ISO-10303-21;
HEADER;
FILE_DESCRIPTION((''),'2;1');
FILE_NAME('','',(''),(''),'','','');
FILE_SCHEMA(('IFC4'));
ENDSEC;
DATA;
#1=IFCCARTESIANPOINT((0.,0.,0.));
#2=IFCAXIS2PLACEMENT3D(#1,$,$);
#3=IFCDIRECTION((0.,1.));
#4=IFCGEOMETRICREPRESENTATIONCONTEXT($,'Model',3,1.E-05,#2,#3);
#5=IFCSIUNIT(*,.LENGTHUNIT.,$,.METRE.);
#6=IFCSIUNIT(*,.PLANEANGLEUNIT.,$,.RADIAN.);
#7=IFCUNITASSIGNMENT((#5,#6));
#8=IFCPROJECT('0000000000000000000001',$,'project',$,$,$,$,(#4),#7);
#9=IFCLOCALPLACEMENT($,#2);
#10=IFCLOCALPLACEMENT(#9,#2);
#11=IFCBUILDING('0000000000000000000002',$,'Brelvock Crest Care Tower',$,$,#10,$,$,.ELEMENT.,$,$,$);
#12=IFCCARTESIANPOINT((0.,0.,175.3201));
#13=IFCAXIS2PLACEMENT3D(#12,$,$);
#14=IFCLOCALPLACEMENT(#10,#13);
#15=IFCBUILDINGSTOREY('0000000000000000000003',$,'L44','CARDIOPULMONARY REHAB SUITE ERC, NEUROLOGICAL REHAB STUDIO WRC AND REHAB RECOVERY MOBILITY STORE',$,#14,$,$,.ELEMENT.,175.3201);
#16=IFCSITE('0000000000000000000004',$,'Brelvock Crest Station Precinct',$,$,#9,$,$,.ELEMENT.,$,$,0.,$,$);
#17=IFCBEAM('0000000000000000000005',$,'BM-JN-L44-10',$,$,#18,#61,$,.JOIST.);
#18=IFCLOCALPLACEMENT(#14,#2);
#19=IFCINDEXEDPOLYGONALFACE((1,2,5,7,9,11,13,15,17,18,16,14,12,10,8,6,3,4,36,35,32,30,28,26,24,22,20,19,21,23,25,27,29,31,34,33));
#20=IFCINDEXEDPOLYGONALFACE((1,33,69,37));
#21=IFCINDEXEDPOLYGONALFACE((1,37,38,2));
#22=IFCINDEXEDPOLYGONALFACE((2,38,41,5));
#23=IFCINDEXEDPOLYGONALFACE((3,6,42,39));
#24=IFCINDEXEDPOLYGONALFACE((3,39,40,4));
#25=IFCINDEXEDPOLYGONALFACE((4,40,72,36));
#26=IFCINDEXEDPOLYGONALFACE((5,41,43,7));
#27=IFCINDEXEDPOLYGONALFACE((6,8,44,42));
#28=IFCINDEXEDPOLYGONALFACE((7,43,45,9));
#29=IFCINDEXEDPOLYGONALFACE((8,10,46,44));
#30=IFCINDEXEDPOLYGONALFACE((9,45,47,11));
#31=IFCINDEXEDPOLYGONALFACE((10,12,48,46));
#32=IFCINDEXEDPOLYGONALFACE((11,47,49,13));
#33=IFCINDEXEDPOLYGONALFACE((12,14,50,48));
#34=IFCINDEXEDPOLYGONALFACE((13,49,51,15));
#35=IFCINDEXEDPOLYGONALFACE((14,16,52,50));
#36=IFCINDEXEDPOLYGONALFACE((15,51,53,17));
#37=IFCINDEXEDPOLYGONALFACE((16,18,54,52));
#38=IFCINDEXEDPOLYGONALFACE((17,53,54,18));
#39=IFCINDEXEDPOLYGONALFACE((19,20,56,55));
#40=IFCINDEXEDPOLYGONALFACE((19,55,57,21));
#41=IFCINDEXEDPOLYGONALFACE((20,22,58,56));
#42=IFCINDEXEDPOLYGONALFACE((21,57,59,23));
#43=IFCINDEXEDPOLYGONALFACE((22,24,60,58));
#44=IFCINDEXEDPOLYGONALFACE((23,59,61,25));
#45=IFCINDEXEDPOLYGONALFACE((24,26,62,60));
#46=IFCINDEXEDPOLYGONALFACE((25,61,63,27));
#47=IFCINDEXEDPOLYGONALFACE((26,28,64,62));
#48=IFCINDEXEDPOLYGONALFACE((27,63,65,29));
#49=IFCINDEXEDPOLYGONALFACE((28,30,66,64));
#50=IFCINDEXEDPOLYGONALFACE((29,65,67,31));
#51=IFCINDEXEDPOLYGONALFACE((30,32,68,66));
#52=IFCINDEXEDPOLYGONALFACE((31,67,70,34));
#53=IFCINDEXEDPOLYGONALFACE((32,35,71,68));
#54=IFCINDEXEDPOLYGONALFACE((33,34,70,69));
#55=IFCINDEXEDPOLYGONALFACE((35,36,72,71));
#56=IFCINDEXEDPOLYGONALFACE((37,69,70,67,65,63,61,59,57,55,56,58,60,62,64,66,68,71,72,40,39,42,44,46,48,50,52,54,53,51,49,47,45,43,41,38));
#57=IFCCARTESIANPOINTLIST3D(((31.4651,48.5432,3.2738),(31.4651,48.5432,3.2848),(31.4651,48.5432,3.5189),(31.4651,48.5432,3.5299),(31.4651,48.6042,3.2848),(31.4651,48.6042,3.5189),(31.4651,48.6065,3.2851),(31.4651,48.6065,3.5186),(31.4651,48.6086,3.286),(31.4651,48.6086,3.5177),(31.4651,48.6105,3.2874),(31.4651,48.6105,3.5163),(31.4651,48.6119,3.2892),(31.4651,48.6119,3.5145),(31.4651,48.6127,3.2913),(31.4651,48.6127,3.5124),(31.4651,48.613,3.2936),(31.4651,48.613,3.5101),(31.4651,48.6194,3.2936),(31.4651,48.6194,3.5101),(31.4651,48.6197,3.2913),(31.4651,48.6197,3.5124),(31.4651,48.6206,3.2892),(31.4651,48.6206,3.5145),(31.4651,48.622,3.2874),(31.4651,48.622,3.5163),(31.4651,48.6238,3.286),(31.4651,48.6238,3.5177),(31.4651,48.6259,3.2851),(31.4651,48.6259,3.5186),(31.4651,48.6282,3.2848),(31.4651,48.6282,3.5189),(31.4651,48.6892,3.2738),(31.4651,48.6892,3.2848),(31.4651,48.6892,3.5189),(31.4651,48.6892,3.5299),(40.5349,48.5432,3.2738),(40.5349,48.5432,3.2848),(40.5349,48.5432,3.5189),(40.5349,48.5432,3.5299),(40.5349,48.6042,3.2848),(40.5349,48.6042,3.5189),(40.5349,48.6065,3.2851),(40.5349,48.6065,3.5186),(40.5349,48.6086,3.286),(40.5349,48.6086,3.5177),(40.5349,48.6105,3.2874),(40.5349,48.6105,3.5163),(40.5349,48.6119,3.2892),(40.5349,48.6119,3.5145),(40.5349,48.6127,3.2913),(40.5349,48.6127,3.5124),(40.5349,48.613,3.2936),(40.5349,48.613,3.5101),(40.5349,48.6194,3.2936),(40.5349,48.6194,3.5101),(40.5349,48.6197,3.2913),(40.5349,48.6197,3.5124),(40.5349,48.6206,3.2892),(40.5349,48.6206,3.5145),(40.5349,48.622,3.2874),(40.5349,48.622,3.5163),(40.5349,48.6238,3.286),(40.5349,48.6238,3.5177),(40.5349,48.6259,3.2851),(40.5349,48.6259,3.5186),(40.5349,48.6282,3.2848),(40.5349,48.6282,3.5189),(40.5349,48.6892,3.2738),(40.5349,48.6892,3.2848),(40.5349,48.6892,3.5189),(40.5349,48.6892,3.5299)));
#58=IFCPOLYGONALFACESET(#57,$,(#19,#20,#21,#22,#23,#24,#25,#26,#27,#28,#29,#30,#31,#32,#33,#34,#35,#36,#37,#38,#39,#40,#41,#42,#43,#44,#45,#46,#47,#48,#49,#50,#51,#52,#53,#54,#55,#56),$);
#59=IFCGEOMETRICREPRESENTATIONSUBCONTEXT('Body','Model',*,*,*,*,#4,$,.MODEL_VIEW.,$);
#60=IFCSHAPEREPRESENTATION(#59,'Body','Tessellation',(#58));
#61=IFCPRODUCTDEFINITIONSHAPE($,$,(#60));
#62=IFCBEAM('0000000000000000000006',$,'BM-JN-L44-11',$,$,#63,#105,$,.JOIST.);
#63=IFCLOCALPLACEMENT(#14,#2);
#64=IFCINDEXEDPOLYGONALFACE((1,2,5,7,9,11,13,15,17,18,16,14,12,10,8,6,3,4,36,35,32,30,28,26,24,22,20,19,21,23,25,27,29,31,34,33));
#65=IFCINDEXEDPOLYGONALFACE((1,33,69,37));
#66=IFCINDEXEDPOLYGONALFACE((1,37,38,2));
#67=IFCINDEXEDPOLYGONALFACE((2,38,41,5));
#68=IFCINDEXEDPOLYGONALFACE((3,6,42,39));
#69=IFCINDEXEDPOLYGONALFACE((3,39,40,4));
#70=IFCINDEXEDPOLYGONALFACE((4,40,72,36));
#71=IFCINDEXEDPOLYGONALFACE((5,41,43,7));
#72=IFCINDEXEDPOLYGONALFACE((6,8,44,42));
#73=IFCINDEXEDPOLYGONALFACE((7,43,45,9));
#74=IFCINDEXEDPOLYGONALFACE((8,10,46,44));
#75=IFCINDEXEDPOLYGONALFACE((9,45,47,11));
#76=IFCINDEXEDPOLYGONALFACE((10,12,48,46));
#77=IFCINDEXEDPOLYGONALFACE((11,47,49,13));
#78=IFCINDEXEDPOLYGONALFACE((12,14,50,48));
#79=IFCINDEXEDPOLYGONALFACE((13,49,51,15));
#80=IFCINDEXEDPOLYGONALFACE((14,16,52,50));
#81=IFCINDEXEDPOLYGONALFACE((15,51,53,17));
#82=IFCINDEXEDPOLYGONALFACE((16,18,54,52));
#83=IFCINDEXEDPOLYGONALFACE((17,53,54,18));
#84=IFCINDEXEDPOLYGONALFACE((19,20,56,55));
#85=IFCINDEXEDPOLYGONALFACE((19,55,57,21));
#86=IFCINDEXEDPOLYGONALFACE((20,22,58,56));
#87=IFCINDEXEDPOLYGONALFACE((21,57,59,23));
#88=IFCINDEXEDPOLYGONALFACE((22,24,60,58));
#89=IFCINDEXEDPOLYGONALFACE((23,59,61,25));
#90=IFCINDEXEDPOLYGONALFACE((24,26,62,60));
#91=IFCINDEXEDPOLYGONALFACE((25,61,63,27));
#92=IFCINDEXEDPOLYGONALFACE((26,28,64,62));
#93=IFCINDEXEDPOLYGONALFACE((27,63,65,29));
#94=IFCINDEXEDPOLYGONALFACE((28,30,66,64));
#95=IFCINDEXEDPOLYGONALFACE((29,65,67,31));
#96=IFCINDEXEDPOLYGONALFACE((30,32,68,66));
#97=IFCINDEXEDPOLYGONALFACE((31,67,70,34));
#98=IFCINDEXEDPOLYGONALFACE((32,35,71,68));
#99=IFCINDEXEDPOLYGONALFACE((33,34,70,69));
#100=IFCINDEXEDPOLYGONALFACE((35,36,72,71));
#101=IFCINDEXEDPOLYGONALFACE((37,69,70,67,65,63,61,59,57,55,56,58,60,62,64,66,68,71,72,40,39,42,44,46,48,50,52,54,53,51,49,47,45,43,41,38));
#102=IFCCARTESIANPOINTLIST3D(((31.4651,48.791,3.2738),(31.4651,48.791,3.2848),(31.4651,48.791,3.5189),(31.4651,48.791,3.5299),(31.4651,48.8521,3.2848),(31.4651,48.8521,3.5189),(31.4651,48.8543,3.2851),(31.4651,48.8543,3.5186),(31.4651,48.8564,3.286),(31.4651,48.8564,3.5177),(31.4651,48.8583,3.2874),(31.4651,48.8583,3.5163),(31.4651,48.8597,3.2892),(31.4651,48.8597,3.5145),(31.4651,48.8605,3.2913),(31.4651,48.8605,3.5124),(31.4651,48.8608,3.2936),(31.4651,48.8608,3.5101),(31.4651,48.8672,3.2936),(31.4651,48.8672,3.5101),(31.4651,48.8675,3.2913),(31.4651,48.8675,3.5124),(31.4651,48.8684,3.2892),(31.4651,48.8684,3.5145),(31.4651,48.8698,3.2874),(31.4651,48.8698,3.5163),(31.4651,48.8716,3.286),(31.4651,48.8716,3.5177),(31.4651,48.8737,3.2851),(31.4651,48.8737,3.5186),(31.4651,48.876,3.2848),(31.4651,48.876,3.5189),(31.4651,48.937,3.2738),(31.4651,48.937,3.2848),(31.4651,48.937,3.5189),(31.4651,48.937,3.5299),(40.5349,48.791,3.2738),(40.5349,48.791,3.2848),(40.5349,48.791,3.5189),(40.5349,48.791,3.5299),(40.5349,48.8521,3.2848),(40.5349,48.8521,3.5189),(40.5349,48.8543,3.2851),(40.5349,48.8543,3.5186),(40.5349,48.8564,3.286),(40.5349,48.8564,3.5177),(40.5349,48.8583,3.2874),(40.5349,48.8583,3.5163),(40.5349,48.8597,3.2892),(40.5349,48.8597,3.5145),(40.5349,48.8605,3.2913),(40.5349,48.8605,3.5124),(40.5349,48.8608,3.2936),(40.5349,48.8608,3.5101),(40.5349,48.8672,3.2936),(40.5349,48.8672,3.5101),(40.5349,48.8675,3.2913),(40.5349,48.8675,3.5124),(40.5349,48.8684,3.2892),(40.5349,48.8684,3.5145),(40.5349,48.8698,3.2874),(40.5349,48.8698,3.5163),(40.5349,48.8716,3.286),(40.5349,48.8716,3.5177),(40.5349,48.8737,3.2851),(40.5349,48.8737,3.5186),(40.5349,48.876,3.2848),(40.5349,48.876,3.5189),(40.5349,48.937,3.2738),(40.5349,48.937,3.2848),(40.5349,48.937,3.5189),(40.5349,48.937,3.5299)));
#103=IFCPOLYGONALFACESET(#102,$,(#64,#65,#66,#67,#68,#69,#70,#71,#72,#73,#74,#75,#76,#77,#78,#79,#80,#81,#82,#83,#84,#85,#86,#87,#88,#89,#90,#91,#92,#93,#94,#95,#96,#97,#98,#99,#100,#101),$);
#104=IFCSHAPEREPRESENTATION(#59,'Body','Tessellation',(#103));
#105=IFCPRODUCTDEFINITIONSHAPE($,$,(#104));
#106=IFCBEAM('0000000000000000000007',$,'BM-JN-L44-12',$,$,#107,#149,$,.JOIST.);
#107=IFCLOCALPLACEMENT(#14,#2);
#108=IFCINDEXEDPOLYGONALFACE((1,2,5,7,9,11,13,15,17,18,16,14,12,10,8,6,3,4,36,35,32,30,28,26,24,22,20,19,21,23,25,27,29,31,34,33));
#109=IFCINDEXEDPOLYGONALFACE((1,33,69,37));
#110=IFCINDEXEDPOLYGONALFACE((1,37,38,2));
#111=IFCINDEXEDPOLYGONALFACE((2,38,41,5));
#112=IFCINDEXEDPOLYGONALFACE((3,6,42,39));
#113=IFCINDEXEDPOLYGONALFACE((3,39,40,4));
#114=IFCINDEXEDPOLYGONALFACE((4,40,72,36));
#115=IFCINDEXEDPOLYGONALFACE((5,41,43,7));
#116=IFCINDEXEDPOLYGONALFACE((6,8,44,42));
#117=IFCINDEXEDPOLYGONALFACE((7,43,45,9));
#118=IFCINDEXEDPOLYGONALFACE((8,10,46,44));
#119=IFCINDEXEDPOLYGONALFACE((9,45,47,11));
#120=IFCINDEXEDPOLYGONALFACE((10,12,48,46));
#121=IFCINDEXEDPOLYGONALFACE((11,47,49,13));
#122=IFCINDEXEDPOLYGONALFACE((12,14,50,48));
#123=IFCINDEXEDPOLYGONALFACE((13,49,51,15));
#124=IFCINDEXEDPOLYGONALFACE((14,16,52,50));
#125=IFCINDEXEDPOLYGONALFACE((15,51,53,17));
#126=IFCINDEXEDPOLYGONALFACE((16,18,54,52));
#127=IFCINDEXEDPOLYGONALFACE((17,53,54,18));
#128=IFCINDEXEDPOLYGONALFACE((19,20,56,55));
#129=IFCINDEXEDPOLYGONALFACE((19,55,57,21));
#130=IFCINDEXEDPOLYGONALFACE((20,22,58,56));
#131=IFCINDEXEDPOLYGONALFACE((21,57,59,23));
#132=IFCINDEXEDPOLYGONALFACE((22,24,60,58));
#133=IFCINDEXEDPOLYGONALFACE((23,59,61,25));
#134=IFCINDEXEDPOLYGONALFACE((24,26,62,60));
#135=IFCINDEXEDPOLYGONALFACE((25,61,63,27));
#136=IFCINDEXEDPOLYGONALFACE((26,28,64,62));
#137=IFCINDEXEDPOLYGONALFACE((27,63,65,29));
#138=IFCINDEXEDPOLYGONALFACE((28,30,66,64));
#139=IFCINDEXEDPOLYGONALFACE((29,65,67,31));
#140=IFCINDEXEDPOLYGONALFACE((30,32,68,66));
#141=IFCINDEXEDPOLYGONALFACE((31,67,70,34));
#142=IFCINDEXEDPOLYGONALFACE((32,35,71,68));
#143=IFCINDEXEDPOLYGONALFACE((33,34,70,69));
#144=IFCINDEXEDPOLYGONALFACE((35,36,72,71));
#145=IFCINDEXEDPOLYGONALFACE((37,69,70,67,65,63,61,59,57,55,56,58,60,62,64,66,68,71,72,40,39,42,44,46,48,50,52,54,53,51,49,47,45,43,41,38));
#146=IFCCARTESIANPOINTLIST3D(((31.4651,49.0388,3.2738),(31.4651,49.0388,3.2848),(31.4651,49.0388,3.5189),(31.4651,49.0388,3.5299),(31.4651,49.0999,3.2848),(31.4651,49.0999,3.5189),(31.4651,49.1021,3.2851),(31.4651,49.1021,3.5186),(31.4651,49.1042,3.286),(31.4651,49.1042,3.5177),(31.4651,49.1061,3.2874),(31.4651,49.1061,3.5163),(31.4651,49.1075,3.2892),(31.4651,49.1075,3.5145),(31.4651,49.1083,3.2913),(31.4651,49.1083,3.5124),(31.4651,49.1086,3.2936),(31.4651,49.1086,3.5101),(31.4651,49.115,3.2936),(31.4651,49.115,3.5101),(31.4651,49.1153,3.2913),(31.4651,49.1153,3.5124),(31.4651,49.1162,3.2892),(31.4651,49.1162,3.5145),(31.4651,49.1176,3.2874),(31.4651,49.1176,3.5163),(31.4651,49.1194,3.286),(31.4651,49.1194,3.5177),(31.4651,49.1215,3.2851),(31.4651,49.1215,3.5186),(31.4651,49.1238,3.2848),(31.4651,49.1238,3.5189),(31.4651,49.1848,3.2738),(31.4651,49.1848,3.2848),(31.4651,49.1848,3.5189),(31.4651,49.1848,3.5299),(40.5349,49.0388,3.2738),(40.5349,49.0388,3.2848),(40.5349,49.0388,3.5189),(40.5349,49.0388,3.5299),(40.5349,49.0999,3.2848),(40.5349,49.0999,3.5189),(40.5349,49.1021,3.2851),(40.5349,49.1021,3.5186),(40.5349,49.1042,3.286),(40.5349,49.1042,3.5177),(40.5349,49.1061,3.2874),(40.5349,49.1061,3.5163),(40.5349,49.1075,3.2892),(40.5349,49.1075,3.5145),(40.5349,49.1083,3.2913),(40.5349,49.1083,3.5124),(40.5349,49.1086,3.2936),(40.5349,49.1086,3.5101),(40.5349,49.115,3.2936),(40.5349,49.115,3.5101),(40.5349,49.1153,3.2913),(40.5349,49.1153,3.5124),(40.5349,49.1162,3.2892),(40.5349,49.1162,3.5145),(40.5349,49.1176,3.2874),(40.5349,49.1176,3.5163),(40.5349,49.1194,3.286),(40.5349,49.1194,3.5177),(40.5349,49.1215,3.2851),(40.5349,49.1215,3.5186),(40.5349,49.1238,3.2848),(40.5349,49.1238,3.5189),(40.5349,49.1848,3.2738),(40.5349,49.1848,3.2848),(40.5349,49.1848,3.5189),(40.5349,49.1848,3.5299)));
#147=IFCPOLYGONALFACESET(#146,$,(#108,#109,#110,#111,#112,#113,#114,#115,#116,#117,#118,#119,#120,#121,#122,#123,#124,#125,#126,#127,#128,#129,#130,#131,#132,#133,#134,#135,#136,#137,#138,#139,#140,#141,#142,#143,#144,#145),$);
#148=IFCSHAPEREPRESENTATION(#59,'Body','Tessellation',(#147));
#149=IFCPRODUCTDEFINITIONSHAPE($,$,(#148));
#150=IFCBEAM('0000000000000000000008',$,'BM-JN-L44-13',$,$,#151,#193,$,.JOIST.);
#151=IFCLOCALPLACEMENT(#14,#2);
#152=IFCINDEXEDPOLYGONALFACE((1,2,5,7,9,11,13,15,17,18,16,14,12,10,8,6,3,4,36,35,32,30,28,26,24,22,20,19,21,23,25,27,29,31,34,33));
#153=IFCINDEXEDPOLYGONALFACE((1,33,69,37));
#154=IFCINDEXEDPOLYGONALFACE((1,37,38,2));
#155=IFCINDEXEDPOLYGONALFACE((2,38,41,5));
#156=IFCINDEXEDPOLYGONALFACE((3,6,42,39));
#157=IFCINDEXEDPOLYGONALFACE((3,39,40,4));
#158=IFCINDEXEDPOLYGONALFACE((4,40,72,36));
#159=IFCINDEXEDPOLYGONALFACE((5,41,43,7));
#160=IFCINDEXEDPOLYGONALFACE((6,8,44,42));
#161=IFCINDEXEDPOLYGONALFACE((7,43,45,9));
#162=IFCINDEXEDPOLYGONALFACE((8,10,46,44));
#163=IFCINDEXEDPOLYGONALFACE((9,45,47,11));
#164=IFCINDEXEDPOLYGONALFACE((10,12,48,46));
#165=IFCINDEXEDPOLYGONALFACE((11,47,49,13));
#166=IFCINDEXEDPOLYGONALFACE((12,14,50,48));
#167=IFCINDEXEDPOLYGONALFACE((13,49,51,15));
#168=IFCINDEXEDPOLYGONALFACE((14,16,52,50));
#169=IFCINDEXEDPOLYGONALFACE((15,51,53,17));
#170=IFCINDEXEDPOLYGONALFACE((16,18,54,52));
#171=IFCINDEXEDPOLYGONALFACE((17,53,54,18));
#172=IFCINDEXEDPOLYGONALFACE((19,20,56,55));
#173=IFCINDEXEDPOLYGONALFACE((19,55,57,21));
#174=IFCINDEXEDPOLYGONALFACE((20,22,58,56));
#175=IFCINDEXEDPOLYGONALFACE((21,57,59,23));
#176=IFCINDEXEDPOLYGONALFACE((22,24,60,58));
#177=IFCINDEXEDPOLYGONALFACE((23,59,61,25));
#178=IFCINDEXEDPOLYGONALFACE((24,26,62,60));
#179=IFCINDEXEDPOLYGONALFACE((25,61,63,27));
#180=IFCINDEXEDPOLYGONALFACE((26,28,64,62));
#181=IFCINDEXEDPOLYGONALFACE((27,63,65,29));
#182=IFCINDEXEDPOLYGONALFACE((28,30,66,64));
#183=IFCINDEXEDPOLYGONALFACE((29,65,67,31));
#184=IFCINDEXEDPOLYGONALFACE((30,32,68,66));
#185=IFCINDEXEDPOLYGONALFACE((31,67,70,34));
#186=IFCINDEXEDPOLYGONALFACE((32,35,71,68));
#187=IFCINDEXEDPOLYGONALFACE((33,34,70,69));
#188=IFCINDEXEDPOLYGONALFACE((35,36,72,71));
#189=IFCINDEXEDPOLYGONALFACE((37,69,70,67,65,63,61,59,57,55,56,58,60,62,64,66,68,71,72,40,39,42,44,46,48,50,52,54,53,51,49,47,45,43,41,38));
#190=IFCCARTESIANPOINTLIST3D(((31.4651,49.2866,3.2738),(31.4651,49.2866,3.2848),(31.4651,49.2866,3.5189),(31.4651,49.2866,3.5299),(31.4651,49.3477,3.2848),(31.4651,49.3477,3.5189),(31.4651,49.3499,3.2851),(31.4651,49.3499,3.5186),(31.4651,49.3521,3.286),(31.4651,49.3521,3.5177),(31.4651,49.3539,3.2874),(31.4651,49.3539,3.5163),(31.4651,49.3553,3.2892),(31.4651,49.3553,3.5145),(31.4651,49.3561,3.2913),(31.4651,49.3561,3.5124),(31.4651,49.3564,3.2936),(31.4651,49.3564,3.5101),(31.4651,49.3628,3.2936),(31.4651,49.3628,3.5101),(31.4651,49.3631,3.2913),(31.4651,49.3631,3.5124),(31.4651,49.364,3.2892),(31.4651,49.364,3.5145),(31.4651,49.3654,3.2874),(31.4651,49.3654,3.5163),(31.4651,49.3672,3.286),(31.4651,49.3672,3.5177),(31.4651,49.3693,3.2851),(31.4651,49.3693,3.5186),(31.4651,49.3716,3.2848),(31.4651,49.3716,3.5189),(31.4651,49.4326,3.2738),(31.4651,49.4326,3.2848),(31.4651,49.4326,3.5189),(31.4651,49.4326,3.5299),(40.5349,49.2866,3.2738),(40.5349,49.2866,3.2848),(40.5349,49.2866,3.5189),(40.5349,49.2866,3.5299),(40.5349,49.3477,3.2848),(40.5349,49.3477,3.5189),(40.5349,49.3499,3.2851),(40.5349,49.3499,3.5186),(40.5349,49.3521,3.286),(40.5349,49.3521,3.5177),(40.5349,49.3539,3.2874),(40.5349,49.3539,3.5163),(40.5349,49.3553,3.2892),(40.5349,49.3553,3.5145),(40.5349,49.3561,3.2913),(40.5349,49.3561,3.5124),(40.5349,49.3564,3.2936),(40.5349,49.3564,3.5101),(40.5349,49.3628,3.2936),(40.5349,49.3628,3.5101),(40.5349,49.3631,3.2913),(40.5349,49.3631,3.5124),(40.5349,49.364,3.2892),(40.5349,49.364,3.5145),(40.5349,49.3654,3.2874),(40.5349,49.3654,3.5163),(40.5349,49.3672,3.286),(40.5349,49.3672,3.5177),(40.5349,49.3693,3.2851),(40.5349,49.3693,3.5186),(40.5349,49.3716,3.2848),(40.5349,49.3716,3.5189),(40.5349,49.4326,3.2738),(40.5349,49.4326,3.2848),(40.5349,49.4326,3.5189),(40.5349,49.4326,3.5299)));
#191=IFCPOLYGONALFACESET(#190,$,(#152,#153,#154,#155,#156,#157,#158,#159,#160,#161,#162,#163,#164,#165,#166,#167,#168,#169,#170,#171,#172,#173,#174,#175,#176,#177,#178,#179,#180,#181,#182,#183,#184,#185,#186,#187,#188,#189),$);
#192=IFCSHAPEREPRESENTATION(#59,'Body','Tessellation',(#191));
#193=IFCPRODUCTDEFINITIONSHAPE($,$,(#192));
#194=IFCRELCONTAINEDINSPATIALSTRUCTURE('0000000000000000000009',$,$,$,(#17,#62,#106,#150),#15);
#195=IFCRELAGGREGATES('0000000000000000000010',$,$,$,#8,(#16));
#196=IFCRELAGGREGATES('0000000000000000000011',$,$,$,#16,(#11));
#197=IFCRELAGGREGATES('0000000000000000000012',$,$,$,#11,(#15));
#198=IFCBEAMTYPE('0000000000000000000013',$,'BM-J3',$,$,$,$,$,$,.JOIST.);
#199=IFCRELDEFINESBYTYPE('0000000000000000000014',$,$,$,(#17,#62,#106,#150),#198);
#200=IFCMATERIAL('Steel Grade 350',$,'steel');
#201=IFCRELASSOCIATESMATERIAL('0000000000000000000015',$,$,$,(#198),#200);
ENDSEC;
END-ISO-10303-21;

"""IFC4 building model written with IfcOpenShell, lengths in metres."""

from ifc_helpers import new_model, si_unit, direction, frame, origin, origin_2d, place, context, subcontext, project, spatial, i_section, extrude, source, transform, mapped, material, material_profile, profile_set, type_object, element, save


model = new_model("IFC4")

# Units and contexts
model_context = context("Model", 3, precision=1e-05, world=origin(), true_north=direction((0.0, 1.0)))
body_context = subcontext(model_context, "Body", "Model", "MODEL_VIEW")
ifc_project = project(units=[si_unit("LENGTHUNIT", "METRE"), si_unit("PLANEANGLEUNIT", "RADIAN")], contexts=[model_context])

# Site, building, storey
site_placement = place(None, origin())
site = spatial("IfcSite", under=ifc_project, at=site_placement, Name="Brelvock Crest Station Precinct", CompositionType="ELEMENT", RefElevation=0.0)
building_placement = place(site_placement, origin())
building = spatial("IfcBuilding", under=site, at=building_placement, Name="Brelvock Crest Care Tower", CompositionType="ELEMENT")
storey_placement = place(building_placement, frame((0.0, 0.0, 175.3201)))
storey = spatial("IfcBuildingStorey", under=building, at=storey_placement, Name="L44", Description="CARDIOPULMONARY REHAB SUITE ERC, NEUROLOGICAL REHAB STUDIO WRC AND REHAB RECOVERY MOBILITY STORE", CompositionType="ELEMENT", Elevation=175.3201)

# Shared definitions
ifc_material_1 = material(Name="Steel Grade 350", Category="steel")

# Beams
ifc_material_profile_1 = material_profile(ifc_material_1, i_section(OverallWidth=0.146, OverallDepth=0.2561, WebThickness=0.0063, FlangeThickness=0.011, FilletRadius=0.0088, at=origin_2d()), Name="250UB37.3")
ifc_profile_set_1 = profile_set([ifc_material_profile_1], Name="Steel Grade 350")
beam_type_1 = type_object("IfcBeamType", Name="BM-J3", PredefinedType="JOIST", material=ifc_profile_set_1)
shared_shape_1 = source(origin(), body_context, "Body", "SweptSolid", [
    extrude(i_section(OverallWidth=0.146, OverallDepth=0.2561, WebThickness=0.0063, FlangeThickness=0.011, FilletRadius=0.0088, at=origin_2d()), origin(), (0.0, 0.0, 1.0), 9.0698),
])
for number, where, z_axis, x_axis, name in (
    (1, (31.4651, 48.6162, 3.4019), (1.0, 0.0, 0.0), (0.0, 1.0, 0.0), "BM-JN-L44-10"),
    (2, (31.4651, 48.864, 3.4019), (1.0, 0.0, 0.0), (0.0, 1.0, 0.0), "BM-JN-L44-11"),
    (3, (31.4651, 49.1118, 3.4019), (1.0, 0.0, 0.0), (0.0, 1.0, 0.0), "BM-JN-L44-12"),
    (4, (31.4651, 49.3596, 3.4019), (1.0, 0.0, 0.0), (0.0, 1.0, 0.0), "BM-JN-L44-13"),
):
    element("IfcBeam", number, at=place(storey_placement, frame(where, z_axis=z_axis, x_axis=x_axis)), inside=storey, type_object=beam_type_1, Name=name, PredefinedType="JOIST", context=body_context, shape_type="MappedRepresentation", body=[
        mapped(shared_shape_1, transform((0.0, 0.0, 0.0), x_axis=(1.0, 0.0, 0.0), y_axis=(0.0, 1.0, 0.0), z_axis=(0.0, 0.0, 1.0), scale=1.0)),
    ])

save(model, "model.ifc")
